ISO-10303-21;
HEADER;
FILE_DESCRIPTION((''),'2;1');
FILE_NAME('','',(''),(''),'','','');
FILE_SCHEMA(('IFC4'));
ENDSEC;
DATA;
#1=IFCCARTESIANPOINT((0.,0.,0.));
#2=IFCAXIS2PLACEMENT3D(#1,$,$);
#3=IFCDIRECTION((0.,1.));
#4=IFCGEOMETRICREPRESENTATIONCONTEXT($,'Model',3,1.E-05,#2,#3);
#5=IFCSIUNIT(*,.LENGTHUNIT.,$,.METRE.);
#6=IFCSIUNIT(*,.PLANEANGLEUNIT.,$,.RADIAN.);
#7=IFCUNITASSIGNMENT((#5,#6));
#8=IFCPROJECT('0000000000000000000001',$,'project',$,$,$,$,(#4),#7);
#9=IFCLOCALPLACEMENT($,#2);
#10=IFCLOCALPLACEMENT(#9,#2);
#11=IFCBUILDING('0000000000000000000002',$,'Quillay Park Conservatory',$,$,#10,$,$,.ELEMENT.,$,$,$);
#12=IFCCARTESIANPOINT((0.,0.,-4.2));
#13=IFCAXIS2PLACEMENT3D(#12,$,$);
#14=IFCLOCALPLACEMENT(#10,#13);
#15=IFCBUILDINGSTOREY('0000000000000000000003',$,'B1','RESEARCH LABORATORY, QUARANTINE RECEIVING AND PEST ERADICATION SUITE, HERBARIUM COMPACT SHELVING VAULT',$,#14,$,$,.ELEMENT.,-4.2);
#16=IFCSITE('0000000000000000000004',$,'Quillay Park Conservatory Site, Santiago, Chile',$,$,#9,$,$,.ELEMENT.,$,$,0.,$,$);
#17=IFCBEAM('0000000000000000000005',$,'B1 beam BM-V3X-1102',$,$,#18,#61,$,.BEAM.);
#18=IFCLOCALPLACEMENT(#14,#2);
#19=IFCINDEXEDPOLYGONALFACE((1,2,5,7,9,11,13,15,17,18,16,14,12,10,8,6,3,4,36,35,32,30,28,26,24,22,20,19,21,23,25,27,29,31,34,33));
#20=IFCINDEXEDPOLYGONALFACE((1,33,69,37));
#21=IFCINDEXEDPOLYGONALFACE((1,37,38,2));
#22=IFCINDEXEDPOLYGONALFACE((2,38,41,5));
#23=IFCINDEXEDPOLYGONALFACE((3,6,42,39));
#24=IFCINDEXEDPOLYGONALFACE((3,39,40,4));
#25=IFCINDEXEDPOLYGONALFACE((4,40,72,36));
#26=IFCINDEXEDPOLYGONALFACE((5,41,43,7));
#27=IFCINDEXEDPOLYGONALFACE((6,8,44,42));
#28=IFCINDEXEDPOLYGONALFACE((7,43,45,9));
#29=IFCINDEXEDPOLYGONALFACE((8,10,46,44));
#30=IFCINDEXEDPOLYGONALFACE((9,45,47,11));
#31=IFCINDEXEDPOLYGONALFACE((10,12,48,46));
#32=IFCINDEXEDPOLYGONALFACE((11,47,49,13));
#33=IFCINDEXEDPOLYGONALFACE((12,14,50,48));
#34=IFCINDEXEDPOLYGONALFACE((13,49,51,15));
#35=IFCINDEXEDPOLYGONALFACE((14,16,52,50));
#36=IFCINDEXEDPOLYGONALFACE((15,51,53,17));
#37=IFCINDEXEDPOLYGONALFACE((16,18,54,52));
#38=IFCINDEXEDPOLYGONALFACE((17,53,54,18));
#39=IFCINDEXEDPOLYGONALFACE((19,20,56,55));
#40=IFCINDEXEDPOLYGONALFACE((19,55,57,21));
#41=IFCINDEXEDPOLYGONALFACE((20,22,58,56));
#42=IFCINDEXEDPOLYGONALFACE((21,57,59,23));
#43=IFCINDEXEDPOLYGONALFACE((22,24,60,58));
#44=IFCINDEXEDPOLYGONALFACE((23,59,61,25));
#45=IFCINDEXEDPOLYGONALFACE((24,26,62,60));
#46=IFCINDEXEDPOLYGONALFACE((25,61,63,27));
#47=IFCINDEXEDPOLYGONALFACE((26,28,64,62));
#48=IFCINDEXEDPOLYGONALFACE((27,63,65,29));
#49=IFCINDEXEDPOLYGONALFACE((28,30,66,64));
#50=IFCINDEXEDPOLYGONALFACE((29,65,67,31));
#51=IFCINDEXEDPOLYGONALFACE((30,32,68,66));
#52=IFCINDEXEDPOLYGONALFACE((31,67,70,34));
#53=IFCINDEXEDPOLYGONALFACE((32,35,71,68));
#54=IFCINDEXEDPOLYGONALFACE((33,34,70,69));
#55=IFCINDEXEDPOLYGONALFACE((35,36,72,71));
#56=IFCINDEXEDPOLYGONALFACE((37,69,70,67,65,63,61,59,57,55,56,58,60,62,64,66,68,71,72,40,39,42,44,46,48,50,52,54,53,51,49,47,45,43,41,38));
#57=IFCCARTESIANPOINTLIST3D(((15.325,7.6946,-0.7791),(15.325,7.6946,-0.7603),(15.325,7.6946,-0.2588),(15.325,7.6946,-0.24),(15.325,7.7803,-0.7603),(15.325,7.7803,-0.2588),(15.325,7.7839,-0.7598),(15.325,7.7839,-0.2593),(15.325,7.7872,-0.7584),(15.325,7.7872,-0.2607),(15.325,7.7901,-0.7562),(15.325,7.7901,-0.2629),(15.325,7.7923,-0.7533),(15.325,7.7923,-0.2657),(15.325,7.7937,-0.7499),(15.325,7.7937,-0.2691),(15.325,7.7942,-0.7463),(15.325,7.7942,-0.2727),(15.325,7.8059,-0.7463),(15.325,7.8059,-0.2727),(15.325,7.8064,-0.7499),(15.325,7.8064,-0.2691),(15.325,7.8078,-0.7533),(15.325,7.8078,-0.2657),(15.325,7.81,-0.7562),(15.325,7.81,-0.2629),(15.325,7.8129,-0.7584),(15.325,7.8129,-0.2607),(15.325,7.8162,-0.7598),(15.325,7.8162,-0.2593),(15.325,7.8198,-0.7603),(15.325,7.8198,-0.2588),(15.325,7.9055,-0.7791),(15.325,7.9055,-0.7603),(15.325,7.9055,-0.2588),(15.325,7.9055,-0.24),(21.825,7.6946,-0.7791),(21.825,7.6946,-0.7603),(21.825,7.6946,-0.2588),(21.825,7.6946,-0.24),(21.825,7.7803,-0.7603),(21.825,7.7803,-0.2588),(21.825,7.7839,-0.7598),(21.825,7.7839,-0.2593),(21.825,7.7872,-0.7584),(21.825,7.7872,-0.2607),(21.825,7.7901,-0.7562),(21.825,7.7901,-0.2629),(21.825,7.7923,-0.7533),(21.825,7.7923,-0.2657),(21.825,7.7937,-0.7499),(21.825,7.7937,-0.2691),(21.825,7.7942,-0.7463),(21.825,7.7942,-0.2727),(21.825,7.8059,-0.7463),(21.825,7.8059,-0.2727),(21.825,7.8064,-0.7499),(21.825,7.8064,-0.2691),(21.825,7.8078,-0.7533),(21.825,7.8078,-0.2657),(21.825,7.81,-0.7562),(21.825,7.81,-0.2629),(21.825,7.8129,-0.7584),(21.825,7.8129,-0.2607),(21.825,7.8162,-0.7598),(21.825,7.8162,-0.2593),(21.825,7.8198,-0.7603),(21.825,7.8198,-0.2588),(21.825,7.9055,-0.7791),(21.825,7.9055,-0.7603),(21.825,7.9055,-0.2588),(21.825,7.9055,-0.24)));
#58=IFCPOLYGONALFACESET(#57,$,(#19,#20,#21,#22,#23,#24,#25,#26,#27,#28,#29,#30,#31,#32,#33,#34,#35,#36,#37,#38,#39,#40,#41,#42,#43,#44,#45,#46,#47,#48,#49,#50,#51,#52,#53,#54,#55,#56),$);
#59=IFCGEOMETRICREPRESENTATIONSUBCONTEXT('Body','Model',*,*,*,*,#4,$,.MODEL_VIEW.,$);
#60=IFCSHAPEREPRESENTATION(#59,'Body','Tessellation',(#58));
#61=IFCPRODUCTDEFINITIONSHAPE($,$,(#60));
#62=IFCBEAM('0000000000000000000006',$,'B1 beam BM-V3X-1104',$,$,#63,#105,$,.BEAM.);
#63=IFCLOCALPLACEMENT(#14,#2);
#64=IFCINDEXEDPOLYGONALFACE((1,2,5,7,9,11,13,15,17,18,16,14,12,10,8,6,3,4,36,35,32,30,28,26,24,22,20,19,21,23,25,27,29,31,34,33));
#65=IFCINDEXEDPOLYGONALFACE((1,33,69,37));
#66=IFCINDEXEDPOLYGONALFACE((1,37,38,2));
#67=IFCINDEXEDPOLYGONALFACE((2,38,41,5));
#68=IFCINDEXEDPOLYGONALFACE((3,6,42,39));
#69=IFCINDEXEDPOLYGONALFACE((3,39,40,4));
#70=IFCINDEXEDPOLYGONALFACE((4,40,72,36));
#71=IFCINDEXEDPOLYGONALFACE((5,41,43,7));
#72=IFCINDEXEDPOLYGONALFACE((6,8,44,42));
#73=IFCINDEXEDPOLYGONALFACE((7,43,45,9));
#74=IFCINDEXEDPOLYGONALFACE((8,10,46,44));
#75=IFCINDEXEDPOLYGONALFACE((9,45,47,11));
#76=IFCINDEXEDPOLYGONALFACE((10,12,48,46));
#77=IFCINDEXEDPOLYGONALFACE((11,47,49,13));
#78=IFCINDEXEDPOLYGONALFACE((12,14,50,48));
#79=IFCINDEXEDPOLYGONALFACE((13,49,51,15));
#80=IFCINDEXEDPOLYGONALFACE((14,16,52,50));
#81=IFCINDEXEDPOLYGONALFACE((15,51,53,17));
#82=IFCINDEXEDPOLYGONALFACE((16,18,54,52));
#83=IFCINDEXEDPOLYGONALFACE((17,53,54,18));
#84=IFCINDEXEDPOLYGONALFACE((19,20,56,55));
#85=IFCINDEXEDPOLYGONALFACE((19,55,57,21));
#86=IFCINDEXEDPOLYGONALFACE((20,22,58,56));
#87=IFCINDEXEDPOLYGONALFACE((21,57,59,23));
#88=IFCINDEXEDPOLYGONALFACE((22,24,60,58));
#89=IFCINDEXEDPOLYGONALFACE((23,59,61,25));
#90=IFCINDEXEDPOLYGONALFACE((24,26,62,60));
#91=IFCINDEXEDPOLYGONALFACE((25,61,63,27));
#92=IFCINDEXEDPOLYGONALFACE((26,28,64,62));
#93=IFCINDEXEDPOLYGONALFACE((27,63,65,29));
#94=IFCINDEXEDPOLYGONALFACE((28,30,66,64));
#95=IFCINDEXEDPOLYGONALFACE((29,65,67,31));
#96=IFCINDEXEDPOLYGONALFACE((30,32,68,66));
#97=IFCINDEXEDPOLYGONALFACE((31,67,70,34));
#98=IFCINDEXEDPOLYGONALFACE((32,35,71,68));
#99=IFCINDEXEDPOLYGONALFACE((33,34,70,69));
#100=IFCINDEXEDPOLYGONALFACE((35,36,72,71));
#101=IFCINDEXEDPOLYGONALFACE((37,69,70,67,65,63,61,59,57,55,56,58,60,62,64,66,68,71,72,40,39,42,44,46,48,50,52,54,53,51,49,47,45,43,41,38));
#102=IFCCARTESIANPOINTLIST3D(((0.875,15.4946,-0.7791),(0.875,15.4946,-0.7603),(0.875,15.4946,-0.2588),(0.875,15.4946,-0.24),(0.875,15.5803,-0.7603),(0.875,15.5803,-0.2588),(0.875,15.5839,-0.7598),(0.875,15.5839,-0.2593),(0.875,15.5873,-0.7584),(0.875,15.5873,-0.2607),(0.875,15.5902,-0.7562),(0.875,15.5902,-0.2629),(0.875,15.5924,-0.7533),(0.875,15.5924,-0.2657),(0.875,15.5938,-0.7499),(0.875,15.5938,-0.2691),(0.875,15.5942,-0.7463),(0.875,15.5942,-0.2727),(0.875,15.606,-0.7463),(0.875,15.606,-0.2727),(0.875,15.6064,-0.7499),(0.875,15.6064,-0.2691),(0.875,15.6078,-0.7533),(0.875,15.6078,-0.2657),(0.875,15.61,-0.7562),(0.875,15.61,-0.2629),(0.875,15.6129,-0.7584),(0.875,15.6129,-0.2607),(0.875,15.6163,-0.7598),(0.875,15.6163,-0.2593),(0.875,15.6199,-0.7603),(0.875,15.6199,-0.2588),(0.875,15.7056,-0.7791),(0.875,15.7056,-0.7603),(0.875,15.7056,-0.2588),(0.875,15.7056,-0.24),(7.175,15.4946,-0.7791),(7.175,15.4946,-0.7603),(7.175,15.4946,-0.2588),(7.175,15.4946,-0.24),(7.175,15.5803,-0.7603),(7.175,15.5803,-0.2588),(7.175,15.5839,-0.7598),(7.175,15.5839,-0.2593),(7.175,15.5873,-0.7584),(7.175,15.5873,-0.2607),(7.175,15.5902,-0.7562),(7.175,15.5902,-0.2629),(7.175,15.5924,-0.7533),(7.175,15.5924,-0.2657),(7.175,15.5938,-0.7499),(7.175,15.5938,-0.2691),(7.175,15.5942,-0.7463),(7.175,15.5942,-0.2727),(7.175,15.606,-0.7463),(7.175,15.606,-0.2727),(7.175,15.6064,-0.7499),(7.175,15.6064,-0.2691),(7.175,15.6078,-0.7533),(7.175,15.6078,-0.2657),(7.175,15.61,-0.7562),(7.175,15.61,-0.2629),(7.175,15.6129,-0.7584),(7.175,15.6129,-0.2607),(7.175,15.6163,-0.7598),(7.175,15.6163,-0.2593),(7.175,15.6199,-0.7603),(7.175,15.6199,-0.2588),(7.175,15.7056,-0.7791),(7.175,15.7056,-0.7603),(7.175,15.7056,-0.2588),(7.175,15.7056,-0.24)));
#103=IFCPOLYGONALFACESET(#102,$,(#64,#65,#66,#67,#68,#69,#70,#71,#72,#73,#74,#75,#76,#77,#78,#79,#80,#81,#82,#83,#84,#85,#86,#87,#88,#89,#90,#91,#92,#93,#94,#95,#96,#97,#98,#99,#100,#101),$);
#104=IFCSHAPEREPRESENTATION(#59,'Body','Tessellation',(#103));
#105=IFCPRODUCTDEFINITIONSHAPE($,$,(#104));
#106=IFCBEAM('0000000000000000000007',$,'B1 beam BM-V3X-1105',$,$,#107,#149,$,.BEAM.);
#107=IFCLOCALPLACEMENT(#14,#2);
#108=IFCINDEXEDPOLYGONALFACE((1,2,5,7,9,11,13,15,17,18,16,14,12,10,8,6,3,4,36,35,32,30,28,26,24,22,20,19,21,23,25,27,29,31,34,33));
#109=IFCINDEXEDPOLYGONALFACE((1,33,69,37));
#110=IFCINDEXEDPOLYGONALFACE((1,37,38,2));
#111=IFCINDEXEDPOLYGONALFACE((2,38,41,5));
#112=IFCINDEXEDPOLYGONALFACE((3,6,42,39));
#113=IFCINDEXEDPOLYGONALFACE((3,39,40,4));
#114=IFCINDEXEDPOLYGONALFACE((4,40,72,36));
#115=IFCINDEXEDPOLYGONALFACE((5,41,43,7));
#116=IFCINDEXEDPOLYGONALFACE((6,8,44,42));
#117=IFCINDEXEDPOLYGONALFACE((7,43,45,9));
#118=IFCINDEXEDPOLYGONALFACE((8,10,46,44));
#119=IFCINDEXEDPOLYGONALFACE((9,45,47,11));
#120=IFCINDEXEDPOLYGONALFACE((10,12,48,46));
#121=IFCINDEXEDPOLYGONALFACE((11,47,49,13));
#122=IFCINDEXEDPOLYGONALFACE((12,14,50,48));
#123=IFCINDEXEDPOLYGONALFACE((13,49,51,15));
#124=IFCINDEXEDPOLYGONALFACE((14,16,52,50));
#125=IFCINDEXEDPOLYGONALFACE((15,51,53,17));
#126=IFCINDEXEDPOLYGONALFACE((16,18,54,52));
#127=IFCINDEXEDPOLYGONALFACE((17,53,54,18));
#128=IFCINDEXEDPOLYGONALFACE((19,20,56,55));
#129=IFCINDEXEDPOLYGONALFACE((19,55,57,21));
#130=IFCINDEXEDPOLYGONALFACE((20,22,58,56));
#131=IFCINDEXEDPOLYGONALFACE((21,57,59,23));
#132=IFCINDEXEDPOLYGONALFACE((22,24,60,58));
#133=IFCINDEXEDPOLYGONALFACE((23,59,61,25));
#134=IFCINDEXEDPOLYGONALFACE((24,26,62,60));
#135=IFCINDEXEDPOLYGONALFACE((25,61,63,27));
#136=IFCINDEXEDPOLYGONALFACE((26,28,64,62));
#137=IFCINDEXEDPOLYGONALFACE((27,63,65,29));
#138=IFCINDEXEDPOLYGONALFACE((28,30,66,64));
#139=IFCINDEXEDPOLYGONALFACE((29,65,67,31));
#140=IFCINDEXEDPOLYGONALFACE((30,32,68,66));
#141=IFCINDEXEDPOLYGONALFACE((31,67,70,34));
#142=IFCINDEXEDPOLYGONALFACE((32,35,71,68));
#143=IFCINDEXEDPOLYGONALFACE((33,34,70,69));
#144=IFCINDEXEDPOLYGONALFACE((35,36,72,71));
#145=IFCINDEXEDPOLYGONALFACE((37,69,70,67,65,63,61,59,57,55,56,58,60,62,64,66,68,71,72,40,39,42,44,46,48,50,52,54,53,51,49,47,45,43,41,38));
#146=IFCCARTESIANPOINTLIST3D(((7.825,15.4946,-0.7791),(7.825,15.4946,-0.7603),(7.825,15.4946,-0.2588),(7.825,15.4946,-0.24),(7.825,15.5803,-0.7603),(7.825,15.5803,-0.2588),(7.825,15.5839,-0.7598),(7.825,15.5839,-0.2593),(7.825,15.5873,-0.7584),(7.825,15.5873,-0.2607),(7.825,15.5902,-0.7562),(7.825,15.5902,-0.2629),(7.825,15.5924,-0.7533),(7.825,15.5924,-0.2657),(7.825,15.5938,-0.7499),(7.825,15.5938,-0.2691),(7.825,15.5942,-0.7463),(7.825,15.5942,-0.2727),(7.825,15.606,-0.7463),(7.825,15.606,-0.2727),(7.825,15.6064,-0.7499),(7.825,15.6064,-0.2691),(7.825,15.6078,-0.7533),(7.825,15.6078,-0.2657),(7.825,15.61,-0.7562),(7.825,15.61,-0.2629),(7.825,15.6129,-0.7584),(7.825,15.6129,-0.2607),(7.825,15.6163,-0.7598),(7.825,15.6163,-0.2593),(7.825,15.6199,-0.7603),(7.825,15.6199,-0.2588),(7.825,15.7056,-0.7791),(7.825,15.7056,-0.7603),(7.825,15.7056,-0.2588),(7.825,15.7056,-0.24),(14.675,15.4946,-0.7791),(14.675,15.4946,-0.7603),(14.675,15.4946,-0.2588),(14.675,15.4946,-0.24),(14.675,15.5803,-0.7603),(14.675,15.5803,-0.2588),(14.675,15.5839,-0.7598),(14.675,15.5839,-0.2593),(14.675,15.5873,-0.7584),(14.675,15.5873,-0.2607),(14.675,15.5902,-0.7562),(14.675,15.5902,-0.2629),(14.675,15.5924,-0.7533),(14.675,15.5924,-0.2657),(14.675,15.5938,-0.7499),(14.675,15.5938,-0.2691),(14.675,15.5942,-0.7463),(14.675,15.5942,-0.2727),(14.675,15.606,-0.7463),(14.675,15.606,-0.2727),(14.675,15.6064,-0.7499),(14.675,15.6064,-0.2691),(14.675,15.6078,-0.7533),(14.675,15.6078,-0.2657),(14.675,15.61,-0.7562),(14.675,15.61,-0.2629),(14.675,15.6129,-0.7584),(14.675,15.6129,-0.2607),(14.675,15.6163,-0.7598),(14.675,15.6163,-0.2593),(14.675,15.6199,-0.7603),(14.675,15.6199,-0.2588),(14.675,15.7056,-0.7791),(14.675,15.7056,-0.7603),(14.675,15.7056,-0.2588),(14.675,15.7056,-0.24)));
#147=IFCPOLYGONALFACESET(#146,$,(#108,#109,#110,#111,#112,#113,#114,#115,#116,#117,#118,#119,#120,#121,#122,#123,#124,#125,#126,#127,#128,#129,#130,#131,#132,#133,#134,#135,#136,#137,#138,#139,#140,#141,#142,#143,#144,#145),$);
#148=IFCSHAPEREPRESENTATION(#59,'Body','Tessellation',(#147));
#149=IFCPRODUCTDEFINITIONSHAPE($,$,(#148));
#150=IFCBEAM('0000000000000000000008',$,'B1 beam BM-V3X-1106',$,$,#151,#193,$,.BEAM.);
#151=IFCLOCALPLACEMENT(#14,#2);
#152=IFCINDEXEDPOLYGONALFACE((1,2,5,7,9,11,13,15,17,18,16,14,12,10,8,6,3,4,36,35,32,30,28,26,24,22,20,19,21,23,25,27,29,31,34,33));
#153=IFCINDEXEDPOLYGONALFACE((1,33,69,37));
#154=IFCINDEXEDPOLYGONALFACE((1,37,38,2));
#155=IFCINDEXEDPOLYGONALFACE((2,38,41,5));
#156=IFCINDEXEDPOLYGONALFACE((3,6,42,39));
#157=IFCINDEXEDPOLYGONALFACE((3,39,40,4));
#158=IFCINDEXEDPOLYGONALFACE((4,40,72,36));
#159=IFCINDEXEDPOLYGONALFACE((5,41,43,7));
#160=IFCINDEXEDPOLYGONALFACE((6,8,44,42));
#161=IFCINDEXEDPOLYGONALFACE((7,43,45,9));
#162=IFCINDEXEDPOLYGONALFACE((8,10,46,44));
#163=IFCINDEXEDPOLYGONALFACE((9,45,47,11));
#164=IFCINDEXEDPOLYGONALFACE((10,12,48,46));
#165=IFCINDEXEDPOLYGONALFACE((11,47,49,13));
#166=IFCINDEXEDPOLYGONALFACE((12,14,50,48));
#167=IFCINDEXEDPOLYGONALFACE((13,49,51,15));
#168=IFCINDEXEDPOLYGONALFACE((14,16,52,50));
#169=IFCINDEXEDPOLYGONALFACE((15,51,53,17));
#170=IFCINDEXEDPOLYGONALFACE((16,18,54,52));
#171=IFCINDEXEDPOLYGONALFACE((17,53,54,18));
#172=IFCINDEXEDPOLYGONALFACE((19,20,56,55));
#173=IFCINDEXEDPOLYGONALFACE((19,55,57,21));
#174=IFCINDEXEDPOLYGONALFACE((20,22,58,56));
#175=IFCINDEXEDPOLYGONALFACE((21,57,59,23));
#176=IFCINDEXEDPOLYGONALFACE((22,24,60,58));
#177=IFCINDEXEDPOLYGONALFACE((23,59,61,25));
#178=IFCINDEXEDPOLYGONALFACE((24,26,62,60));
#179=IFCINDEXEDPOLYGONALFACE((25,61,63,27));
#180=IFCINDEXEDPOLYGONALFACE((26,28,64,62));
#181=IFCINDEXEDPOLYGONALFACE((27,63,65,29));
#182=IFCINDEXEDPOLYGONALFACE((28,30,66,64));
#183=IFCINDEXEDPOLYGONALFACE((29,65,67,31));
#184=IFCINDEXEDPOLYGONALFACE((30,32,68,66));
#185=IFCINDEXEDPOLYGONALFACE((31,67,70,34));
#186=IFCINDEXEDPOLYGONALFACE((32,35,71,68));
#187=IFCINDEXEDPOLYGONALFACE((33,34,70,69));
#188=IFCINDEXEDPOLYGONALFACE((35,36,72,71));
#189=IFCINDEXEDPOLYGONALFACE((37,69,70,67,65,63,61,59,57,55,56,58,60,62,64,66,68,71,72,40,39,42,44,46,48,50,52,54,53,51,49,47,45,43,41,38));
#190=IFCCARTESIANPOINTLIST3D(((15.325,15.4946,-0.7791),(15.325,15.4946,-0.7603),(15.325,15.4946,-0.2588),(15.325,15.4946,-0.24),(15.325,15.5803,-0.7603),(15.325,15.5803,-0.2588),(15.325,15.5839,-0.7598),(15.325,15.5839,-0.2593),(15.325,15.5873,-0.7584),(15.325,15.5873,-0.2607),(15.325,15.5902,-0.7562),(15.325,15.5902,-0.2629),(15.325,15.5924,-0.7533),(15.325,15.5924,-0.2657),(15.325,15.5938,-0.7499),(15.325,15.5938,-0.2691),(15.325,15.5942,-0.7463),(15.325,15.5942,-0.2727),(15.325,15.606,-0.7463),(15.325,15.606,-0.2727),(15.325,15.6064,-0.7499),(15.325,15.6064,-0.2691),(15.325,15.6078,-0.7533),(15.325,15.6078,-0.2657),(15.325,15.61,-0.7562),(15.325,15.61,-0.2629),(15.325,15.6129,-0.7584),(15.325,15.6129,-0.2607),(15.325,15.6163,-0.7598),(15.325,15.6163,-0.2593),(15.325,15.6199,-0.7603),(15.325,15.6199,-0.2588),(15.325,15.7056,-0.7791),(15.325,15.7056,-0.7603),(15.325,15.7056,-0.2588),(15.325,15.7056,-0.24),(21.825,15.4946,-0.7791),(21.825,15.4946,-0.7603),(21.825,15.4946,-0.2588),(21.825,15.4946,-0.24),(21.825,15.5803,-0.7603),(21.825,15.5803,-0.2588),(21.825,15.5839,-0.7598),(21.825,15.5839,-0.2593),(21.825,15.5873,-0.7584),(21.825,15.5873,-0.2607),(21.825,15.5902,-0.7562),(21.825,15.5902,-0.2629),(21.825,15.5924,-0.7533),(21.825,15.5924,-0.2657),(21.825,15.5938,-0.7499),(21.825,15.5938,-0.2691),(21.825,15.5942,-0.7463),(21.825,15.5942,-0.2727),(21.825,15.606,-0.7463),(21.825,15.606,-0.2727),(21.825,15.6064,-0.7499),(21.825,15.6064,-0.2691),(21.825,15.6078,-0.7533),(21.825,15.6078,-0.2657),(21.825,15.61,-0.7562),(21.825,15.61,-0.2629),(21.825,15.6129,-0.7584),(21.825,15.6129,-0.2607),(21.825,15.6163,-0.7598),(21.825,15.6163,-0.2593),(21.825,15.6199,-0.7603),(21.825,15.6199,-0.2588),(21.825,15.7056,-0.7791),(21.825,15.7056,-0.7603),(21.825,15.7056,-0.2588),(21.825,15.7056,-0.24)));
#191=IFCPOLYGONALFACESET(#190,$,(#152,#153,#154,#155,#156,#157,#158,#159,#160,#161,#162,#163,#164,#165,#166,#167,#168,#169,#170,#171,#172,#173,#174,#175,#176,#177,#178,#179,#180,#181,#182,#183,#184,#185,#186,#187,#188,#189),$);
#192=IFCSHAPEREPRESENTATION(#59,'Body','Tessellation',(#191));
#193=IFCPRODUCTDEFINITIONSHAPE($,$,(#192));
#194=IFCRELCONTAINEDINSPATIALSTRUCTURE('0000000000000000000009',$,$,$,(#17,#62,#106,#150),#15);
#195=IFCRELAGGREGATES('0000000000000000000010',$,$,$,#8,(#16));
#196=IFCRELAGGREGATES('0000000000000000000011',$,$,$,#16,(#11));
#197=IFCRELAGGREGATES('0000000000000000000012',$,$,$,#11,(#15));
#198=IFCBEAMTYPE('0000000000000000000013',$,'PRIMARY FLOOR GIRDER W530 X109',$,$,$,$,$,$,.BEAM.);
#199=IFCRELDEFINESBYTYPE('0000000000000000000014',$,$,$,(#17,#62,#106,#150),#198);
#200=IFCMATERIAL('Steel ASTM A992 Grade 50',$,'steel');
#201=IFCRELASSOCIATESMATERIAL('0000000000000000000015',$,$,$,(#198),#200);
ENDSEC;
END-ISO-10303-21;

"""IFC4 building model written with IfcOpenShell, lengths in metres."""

from ifc_helpers import new_model, si_unit, direction, frame, origin, origin_2d, place, context, subcontext, project, spatial, i_section, extrude, material, material_profile, profile_set, type_object, element, save


model = new_model("IFC4")

# Units and contexts
model_context = context("Model", 3, precision=1e-05, world=origin(), true_north=direction((0.0, 1.0)))
body_context = subcontext(model_context, "Body", "Model", "MODEL_VIEW")
ifc_project = project(units=[si_unit("LENGTHUNIT", "METRE"), si_unit("PLANEANGLEUNIT", "RADIAN")], contexts=[model_context])

# Site, building, storey
site_placement = place(None, origin())
site = spatial("IfcSite", under=ifc_project, at=site_placement, Name="Quillay Park Conservatory Site, Santiago, Chile", CompositionType="ELEMENT", RefElevation=0.0)
building_placement = place(site_placement, origin())
building = spatial("IfcBuilding", under=site, at=building_placement, Name="Quillay Park Conservatory", CompositionType="ELEMENT")
storey_placement = place(building_placement, frame((0.0, 0.0, -4.2)))
storey = spatial("IfcBuildingStorey", under=building, at=storey_placement, Name="B1", Description="RESEARCH LABORATORY, QUARANTINE RECEIVING AND PEST ERADICATION SUITE, HERBARIUM COMPACT SHELVING VAULT", CompositionType="ELEMENT", Elevation=-4.2)

# Beams
ifc_material_1 = material(Name="Steel ASTM A992 Grade 50", Category="steel")
ifc_material_profile_1 = material_profile(ifc_material_1, i_section(OverallWidth=0.2109, OverallDepth=0.5391, WebThickness=0.0117, FlangeThickness=0.0188, FilletRadius=0.0139, at=origin_2d()), Name="W530x109")
ifc_profile_set_1 = profile_set([ifc_material_profile_1], Name="Steel ASTM A992 Grade 50")
beam_type_1 = type_object("IfcBeamType", Name="PRIMARY FLOOR GIRDER W530 X109", PredefinedType="BEAM", material=ifc_profile_set_1)
beam_1_placement = place(storey_placement, frame((15.325, 7.8, -0.5095), z_axis=(1.0, 0.0, 0.0), x_axis=(0.0, 1.0, 0.0)))
element("IfcBeam", 1, at=beam_1_placement, inside=storey, type_object=beam_type_1, Name="B1 beam BM-V3X-1102", PredefinedType="BEAM", context=body_context, shape_type="SweptSolid", body=[
    extrude(i_section(OverallWidth=0.2109, OverallDepth=0.5391, WebThickness=0.0117, FlangeThickness=0.0188, FilletRadius=0.0139, at=origin_2d()), origin(), (0.0, 0.0, 1.0), 6.5),
])
beam_2_placement = place(storey_placement, frame((0.875, 15.6001, -0.5095), z_axis=(1.0, 0.0, 0.0), x_axis=(0.0, 1.0, 0.0)))
element("IfcBeam", 2, at=beam_2_placement, inside=storey, type_object=beam_type_1, Name="B1 beam BM-V3X-1104", PredefinedType="BEAM", context=body_context, shape_type="SweptSolid", body=[
    extrude(i_section(OverallWidth=0.2109, OverallDepth=0.5391, WebThickness=0.0117, FlangeThickness=0.0188, FilletRadius=0.0139, at=origin_2d()), origin(), (0.0, 0.0, 1.0), 6.3),
])
beam_3_placement = place(storey_placement, frame((7.825, 15.6001, -0.5095), z_axis=(1.0, 0.0, 0.0), x_axis=(0.0, 1.0, 0.0)))
element("IfcBeam", 3, at=beam_3_placement, inside=storey, type_object=beam_type_1, Name="B1 beam BM-V3X-1105", PredefinedType="BEAM", context=body_context, shape_type="SweptSolid", body=[
    extrude(i_section(OverallWidth=0.2109, OverallDepth=0.5391, WebThickness=0.0117, FlangeThickness=0.0188, FilletRadius=0.0139, at=origin_2d()), origin(), (0.0, 0.0, 1.0), 6.8501),
])
beam_4_placement = place(storey_placement, frame((15.325, 15.6001, -0.5095), z_axis=(1.0, 0.0, 0.0), x_axis=(0.0, 1.0, 0.0)))
element("IfcBeam", 4, at=beam_4_placement, inside=storey, type_object=beam_type_1, Name="B1 beam BM-V3X-1106", PredefinedType="BEAM", context=body_context, shape_type="SweptSolid", body=[
    extrude(i_section(OverallWidth=0.2109, OverallDepth=0.5391, WebThickness=0.0117, FlangeThickness=0.0188, FilletRadius=0.0139, at=origin_2d()), origin(), (0.0, 0.0, 1.0), 6.5),
])

save(model, "model.ifc")
